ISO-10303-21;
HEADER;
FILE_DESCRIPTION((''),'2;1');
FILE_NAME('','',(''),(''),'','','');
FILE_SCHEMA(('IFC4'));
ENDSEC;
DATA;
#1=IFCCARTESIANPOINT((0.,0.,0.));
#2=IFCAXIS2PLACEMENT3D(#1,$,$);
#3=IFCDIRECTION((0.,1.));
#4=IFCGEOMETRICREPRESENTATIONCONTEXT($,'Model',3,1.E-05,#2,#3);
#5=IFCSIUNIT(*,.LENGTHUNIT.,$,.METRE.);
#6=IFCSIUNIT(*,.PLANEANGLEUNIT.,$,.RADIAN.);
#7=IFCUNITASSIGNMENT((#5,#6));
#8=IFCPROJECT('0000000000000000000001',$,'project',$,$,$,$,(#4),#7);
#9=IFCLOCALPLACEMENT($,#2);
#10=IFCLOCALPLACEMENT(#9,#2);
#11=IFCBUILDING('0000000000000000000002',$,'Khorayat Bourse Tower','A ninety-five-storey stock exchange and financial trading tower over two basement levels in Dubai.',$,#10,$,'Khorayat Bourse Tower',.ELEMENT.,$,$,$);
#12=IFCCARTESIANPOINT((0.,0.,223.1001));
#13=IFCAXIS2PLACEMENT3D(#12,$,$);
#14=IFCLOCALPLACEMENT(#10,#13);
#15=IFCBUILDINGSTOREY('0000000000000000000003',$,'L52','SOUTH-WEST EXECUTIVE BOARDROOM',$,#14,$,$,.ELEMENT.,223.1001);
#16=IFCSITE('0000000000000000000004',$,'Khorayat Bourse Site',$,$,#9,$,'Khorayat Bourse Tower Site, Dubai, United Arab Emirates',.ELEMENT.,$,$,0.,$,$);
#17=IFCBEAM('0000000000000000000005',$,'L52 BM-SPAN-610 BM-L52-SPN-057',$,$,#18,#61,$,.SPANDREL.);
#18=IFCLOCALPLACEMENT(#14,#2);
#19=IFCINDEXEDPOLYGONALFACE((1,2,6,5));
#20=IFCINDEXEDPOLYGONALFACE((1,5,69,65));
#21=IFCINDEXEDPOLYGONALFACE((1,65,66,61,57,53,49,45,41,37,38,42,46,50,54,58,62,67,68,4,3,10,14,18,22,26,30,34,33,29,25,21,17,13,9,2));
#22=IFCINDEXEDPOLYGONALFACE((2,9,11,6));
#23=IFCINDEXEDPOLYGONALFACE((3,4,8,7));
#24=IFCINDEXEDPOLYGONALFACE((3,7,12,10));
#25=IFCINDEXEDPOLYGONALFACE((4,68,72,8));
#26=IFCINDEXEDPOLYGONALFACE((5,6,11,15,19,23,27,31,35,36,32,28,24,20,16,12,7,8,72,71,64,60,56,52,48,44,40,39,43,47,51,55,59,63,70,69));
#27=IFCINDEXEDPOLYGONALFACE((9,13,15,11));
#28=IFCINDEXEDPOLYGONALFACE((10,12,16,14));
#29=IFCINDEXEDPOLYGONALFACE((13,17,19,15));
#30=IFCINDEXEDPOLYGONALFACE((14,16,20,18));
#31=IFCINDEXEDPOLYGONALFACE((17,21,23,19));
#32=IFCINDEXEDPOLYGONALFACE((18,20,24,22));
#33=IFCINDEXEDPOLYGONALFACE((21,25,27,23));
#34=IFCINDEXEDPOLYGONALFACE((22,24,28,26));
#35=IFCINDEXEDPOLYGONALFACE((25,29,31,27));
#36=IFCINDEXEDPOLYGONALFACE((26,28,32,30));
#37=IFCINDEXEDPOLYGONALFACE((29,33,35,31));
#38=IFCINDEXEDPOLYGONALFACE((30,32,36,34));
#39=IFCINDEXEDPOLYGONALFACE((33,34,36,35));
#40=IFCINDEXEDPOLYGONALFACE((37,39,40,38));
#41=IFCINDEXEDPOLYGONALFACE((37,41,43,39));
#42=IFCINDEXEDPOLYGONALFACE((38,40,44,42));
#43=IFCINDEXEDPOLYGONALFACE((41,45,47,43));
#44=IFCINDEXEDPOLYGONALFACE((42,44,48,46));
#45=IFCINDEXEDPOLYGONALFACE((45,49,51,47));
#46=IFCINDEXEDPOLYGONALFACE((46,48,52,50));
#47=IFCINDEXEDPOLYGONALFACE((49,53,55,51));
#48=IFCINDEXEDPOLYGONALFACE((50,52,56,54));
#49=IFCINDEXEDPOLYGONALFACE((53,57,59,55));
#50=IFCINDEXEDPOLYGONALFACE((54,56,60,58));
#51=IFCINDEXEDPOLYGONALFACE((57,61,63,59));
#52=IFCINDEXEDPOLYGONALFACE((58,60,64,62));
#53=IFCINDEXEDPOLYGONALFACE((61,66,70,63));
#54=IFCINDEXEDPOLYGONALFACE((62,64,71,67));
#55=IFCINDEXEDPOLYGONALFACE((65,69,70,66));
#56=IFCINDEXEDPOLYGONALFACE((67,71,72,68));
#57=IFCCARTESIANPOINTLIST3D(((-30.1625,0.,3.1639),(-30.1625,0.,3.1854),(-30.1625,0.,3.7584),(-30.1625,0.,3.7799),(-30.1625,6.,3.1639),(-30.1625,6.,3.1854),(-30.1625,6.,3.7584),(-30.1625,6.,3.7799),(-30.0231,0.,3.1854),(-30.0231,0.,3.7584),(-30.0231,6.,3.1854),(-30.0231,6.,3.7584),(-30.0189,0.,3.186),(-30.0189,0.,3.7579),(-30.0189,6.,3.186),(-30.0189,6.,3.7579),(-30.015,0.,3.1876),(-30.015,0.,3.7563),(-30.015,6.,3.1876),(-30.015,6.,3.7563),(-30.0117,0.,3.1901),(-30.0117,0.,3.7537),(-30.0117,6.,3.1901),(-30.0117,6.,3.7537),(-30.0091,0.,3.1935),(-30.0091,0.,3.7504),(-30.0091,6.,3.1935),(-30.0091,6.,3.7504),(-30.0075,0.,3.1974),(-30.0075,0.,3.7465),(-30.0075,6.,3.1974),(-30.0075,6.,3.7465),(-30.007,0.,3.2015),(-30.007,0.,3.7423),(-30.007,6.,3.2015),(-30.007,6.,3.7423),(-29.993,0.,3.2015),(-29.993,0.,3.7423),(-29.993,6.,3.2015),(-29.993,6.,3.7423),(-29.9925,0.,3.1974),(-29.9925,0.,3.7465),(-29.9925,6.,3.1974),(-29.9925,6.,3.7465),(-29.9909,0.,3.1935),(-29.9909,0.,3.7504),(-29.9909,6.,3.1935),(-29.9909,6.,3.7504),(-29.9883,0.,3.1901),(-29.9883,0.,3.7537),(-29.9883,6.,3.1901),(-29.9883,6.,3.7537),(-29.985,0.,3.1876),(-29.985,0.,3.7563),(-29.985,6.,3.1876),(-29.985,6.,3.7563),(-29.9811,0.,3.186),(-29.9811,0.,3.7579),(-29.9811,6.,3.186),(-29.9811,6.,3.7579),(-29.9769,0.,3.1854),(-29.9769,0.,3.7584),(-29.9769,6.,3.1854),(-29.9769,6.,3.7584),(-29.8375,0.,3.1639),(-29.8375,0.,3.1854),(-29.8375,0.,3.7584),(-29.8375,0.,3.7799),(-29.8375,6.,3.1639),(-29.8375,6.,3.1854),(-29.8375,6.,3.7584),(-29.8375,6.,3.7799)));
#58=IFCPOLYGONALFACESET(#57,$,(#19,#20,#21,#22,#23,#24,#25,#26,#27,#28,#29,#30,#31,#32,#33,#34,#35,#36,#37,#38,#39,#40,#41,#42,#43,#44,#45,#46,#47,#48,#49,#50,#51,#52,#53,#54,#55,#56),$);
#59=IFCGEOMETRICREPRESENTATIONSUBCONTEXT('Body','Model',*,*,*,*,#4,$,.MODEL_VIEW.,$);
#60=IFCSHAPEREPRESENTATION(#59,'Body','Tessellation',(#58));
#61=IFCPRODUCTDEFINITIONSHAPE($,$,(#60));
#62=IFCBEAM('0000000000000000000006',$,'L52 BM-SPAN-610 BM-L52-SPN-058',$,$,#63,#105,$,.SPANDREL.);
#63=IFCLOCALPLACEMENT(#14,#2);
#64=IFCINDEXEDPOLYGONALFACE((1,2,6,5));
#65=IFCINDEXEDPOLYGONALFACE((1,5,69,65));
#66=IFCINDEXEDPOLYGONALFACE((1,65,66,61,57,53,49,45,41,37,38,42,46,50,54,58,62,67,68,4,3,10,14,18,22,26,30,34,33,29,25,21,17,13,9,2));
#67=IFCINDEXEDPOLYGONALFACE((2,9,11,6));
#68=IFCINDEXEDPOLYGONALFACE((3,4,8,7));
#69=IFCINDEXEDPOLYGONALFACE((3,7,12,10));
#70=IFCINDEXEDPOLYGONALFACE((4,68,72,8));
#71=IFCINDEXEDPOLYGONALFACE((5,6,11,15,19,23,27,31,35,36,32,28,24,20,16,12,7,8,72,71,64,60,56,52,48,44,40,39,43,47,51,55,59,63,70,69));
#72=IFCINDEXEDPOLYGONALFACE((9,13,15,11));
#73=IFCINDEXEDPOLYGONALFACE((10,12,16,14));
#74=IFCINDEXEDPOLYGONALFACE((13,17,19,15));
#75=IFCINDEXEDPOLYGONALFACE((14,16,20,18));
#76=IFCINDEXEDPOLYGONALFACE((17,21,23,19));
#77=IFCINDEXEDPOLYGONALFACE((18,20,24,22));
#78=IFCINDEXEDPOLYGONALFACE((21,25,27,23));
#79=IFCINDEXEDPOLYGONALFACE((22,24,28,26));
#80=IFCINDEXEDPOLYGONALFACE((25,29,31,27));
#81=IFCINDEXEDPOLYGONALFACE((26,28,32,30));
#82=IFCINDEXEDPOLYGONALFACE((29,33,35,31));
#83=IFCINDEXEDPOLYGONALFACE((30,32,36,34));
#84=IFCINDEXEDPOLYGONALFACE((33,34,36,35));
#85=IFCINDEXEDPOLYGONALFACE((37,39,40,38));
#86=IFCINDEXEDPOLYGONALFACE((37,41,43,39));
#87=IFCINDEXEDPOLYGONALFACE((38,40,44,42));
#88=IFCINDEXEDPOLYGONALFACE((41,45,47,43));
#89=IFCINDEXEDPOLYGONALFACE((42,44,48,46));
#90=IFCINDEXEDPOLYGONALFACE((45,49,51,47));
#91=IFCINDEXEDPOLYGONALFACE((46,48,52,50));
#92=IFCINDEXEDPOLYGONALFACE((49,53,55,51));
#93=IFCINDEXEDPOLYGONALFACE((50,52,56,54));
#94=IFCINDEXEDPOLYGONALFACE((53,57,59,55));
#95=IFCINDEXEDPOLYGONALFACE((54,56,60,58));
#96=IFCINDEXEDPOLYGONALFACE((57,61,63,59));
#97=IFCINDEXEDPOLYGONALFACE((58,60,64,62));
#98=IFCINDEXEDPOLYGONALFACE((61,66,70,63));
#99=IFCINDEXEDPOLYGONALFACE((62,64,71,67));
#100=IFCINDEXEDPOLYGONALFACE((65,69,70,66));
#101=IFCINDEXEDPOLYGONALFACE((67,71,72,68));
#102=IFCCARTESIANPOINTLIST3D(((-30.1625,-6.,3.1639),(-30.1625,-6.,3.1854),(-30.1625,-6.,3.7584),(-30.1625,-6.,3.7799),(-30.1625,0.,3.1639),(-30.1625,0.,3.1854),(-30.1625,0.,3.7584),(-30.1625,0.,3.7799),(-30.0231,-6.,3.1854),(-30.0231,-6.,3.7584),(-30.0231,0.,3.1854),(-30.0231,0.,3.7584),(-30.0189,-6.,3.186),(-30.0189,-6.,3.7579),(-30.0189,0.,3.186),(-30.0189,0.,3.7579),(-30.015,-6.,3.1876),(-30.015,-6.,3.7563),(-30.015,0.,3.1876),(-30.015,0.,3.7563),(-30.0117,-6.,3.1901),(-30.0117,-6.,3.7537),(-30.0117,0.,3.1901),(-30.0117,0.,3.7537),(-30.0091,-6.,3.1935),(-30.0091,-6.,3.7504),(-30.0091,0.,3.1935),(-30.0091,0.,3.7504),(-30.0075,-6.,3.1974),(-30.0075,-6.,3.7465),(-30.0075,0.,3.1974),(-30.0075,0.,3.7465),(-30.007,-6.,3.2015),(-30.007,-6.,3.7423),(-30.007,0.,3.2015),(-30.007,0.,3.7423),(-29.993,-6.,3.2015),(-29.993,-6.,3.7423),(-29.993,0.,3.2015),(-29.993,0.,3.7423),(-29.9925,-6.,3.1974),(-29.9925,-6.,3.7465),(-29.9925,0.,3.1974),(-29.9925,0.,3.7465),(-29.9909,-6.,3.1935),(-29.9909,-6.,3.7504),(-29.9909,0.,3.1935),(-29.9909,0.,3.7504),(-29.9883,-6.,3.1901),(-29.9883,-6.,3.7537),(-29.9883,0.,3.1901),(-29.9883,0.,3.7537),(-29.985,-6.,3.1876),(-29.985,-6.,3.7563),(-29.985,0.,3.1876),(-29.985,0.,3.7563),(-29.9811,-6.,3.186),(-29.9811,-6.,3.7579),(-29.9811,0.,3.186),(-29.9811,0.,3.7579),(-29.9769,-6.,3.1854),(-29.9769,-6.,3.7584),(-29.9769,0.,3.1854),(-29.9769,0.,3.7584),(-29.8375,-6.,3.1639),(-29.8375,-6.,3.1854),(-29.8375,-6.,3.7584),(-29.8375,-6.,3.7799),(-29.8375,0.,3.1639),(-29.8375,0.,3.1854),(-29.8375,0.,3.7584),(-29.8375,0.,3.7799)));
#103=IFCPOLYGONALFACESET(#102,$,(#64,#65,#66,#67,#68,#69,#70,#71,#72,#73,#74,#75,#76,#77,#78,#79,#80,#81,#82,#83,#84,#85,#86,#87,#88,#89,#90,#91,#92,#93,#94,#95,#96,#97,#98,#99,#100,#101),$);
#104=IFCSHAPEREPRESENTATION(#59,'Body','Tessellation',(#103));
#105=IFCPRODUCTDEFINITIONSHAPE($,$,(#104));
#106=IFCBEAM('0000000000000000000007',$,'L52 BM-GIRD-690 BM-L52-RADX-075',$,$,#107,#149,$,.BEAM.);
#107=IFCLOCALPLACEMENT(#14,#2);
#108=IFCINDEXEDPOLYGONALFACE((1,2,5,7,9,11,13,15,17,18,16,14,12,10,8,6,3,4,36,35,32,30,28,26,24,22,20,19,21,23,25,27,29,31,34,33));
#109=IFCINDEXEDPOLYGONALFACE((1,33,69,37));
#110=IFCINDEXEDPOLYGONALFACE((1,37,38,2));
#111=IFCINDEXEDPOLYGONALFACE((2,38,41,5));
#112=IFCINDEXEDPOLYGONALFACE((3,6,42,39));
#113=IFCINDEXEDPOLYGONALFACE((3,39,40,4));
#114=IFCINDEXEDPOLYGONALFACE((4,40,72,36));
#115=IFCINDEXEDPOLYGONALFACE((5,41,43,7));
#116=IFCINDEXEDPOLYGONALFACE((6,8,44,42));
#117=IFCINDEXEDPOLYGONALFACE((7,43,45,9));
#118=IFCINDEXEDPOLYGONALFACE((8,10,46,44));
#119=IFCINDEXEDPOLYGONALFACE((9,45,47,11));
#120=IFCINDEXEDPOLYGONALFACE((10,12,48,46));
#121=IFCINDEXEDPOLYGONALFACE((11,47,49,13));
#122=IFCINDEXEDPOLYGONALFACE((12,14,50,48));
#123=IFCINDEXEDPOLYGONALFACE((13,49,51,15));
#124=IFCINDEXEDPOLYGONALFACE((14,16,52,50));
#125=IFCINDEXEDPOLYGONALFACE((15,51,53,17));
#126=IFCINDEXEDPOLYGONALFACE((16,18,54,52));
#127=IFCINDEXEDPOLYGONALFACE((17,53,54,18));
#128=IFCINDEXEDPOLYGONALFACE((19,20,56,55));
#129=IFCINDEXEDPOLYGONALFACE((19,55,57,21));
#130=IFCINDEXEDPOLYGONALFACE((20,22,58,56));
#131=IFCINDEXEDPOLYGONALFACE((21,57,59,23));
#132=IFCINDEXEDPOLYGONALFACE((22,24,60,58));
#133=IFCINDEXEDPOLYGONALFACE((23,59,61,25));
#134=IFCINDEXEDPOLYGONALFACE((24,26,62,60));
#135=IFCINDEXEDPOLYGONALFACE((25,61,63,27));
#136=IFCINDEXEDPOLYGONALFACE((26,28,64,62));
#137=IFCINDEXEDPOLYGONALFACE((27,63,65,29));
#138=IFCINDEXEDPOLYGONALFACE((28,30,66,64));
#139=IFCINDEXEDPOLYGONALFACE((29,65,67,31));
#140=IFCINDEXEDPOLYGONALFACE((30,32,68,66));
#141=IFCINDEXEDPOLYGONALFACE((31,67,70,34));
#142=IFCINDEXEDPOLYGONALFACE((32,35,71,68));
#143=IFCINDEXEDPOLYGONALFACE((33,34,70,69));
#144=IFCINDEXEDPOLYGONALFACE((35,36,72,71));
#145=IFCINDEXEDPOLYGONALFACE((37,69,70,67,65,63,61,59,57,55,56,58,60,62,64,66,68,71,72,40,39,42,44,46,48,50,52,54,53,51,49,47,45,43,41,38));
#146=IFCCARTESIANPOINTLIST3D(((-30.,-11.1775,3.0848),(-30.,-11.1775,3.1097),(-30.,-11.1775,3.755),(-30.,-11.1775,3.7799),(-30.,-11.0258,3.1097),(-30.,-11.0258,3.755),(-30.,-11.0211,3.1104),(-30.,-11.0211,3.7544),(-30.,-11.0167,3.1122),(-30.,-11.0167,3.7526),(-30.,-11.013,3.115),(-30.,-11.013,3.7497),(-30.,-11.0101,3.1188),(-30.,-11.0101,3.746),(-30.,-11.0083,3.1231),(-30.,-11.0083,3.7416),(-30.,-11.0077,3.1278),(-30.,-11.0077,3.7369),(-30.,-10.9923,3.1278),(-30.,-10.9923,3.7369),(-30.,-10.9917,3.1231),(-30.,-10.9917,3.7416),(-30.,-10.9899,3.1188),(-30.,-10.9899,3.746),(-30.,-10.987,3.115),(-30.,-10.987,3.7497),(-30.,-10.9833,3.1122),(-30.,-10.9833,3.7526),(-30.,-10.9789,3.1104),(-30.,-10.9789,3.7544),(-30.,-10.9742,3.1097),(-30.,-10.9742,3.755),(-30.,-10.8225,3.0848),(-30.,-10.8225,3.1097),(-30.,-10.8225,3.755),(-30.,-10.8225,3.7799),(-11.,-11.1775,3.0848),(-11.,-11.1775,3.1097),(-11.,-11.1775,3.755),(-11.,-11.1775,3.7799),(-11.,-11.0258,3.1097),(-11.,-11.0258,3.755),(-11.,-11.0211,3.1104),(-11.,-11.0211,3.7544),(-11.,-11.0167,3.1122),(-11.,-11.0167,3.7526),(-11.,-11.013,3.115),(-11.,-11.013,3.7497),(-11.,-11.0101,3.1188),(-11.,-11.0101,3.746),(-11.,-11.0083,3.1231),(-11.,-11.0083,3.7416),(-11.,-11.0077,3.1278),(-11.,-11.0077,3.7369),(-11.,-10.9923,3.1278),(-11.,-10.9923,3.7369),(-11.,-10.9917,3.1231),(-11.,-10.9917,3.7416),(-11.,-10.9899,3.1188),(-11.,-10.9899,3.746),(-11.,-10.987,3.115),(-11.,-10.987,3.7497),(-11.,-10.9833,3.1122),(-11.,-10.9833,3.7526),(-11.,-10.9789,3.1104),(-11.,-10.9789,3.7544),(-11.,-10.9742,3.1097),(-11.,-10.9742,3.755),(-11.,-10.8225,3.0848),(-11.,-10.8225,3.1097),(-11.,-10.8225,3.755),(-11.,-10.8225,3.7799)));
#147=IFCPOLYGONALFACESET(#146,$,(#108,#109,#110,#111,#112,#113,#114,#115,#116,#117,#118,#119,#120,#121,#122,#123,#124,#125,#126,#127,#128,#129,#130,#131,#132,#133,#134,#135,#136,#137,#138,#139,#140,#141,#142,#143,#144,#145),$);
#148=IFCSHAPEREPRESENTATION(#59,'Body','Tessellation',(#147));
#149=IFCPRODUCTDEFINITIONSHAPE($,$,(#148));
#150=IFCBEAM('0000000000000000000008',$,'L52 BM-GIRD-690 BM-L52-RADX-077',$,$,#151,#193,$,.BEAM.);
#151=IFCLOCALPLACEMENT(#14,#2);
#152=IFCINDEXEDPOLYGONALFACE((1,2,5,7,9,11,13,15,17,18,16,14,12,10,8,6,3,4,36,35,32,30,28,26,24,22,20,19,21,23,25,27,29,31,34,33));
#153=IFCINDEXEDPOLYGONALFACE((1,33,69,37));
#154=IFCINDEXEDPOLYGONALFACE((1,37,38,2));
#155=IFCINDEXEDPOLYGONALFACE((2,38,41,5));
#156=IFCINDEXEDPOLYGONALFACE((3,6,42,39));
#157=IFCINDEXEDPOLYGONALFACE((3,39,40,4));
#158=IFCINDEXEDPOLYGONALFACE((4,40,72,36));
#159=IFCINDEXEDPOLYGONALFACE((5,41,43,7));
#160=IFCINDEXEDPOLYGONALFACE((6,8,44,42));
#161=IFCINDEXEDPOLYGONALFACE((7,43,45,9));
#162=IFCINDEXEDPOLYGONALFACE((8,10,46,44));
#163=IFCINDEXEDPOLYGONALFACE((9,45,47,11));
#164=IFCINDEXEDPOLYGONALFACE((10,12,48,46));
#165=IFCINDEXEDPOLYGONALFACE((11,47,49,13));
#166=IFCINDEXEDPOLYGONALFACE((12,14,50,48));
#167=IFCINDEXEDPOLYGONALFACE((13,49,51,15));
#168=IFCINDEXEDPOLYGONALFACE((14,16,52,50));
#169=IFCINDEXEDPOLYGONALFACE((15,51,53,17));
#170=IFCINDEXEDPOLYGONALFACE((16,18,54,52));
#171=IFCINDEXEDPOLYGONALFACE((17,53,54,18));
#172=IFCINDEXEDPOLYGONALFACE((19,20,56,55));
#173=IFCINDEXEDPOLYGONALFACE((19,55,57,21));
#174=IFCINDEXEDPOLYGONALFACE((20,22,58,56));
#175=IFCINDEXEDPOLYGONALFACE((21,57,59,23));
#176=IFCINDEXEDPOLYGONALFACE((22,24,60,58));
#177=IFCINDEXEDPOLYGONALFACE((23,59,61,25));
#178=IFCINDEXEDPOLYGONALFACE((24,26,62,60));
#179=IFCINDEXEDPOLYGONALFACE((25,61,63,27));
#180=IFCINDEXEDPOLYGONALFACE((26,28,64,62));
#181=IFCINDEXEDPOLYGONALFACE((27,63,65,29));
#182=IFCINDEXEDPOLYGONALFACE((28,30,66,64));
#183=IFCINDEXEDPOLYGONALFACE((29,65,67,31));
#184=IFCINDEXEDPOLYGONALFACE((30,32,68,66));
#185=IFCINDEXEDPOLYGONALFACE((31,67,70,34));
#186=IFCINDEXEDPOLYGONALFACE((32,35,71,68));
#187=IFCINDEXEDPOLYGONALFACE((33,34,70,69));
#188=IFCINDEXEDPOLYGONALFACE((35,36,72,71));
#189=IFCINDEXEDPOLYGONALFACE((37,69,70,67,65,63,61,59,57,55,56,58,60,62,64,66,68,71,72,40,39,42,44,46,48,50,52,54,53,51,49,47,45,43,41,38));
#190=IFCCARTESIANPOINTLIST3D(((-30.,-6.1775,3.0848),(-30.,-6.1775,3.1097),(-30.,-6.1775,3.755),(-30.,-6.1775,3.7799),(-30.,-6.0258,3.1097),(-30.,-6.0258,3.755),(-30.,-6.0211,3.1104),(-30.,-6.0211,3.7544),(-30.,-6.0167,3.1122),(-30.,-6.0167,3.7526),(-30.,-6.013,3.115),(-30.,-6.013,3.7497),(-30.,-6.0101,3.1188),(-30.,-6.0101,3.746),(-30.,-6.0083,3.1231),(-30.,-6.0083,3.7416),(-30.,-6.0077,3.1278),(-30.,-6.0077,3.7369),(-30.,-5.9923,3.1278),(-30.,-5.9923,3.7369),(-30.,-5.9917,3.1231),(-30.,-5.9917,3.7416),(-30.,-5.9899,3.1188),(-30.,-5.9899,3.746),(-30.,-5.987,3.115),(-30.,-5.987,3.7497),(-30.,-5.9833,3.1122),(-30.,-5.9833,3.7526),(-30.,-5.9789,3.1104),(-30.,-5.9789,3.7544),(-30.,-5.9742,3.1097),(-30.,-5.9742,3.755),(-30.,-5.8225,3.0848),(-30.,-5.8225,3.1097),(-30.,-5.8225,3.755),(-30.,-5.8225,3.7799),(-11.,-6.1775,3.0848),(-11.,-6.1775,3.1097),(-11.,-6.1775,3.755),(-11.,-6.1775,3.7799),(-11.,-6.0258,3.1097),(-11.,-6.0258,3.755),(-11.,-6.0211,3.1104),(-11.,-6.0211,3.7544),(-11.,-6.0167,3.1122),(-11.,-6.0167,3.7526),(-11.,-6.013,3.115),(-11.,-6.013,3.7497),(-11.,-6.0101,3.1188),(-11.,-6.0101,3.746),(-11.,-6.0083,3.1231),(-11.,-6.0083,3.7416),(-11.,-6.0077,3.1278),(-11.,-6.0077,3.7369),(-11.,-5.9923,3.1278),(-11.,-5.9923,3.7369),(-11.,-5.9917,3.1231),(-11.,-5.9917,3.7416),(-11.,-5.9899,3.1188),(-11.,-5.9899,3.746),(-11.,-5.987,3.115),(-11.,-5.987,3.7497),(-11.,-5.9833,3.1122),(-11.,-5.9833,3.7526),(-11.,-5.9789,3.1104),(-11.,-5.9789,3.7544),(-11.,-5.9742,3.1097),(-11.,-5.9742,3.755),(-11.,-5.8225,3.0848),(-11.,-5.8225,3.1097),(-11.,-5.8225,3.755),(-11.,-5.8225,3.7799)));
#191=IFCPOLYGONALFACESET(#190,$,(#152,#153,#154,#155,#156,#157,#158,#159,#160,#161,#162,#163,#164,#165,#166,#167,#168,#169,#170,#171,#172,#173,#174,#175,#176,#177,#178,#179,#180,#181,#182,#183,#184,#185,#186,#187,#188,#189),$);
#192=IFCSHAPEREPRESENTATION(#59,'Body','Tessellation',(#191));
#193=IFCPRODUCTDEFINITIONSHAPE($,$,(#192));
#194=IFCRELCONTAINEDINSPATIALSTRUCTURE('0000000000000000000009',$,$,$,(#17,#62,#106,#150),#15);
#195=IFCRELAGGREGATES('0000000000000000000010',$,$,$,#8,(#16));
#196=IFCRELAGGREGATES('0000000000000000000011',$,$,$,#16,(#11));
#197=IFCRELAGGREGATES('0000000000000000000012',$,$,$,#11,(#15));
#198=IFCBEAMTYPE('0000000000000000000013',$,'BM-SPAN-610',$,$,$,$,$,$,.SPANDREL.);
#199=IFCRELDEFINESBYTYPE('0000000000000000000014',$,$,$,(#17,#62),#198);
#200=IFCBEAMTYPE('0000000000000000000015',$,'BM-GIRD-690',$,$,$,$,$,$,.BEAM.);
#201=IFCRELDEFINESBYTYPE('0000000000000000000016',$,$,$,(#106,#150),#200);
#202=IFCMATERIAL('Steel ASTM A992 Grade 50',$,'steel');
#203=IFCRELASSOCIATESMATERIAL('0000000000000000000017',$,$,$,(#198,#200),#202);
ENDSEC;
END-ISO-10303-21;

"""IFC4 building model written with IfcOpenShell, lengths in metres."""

from ifc_helpers import new_model, si_unit, direction, frame, origin, origin_2d, place, context, subcontext, project, spatial, i_section, extrude, source, transform, mapped, material, material_profile, profile_set, type_object, element, save


model = new_model("IFC4")

# Units and contexts
model_context = context("Model", 3, precision=1e-05, world=origin(), true_north=direction((0.0, 1.0)))
body_context = subcontext(model_context, "Body", "Model", "MODEL_VIEW")
ifc_project = project(units=[si_unit("LENGTHUNIT", "METRE"), si_unit("PLANEANGLEUNIT", "RADIAN")], contexts=[model_context])

# Site, building, storey
site_placement = place(None, origin())
site = spatial("IfcSite", under=ifc_project, at=site_placement, Name="Khorayat Bourse Site", LongName="Khorayat Bourse Tower Site, Dubai, United Arab Emirates", CompositionType="ELEMENT", RefElevation=0.0)
building_placement = place(site_placement, origin())
building = spatial("IfcBuilding", under=site, at=building_placement, Name="Khorayat Bourse Tower", Description="A ninety-five-storey stock exchange and financial trading tower over two basement levels in Dubai.", LongName="Khorayat Bourse Tower", CompositionType="ELEMENT")
storey_placement = place(building_placement, frame((0.0, 0.0, 223.1001)))
storey = spatial("IfcBuildingStorey", under=building, at=storey_placement, Name="L52", Description="SOUTH-WEST EXECUTIVE BOARDROOM", CompositionType="ELEMENT", Elevation=223.1001)

# Beams
ifc_material_1 = material(Name="Steel ASTM A992 Grade 50", Category="steel")
ifc_material_profile_1 = material_profile(ifc_material_1, i_section(OverallWidth=0.325, OverallDepth=0.616, WebThickness=0.0139, FlangeThickness=0.0215, FilletRadius=0.0161, at=origin_2d()), Name="W610X174")
ifc_profile_set_1 = profile_set([ifc_material_profile_1], Name="Steel ASTM A992 Grade 50")
beam_type_1 = type_object("IfcBeamType", Name="BM-SPAN-610", PredefinedType="SPANDREL", material=ifc_profile_set_1)
shared_shape_1 = source(origin(), body_context, "Body", "SweptSolid", [
    extrude(i_section(OverallWidth=0.325, OverallDepth=0.616, WebThickness=0.0139, FlangeThickness=0.0215, FilletRadius=0.0161, at=origin_2d()), origin(), (0.0, 0.0, 1.0), 6.0),
])
for number, where, z_axis, x_axis, name in (
    (1, (-30.0, 0.0, 3.4719), (0.0, 1.0, 0.0), (-1.0, 0.0, 0.0), "L52 BM-SPAN-610 BM-L52-SPN-057"),
    (2, (-30.0, -6.0, 3.4719), (0.0, 1.0, 0.0), (-1.0, 0.0, 0.0), "L52 BM-SPAN-610 BM-L52-SPN-058"),
):
    element("IfcBeam", number, at=place(storey_placement, frame(where, z_axis=z_axis, x_axis=x_axis)), inside=storey, type_object=beam_type_1, Name=name, PredefinedType="SPANDREL", context=body_context, shape_type="MappedRepresentation", body=[
        mapped(shared_shape_1, transform((0.0, 0.0, 0.0), scale=1.0)),
    ])
ifc_material_profile_2 = material_profile(ifc_material_1, i_section(OverallWidth=0.355, OverallDepth=0.6951, WebThickness=0.0154, FlangeThickness=0.0249, FilletRadius=0.0181, at=origin_2d()), Name="W690X217")
ifc_profile_set_2 = profile_set([ifc_material_profile_2], Name="Steel ASTM A992 Grade 50")
beam_type_2 = type_object("IfcBeamType", Name="BM-GIRD-690", PredefinedType="BEAM", material=ifc_profile_set_2)
shared_shape_2 = source(origin(), body_context, "Body", "SweptSolid", [
    extrude(i_section(OverallWidth=0.355, OverallDepth=0.6951, WebThickness=0.0154, FlangeThickness=0.0249, FilletRadius=0.0181, at=origin_2d()), origin(), (0.0, 0.0, 1.0), 19.0),
])
for number, where, z_axis, x_axis, name in (
    (3, (-30.0, -11.0, 3.4324), (1.0, 0.0, 0.0), (0.0, 1.0, 0.0), "L52 BM-GIRD-690 BM-L52-RADX-075"),
    (4, (-30.0, -6.0, 3.4324), (1.0, 0.0, 0.0), (0.0, 1.0, 0.0), "L52 BM-GIRD-690 BM-L52-RADX-077"),
):
    element("IfcBeam", number, at=place(storey_placement, frame(where, z_axis=z_axis, x_axis=x_axis)), inside=storey, type_object=beam_type_2, Name=name, PredefinedType="BEAM", context=body_context, shape_type="MappedRepresentation", body=[
        mapped(shared_shape_2, transform((0.0, 0.0, 0.0), scale=1.0)),
    ])

save(model, "model.ifc")
